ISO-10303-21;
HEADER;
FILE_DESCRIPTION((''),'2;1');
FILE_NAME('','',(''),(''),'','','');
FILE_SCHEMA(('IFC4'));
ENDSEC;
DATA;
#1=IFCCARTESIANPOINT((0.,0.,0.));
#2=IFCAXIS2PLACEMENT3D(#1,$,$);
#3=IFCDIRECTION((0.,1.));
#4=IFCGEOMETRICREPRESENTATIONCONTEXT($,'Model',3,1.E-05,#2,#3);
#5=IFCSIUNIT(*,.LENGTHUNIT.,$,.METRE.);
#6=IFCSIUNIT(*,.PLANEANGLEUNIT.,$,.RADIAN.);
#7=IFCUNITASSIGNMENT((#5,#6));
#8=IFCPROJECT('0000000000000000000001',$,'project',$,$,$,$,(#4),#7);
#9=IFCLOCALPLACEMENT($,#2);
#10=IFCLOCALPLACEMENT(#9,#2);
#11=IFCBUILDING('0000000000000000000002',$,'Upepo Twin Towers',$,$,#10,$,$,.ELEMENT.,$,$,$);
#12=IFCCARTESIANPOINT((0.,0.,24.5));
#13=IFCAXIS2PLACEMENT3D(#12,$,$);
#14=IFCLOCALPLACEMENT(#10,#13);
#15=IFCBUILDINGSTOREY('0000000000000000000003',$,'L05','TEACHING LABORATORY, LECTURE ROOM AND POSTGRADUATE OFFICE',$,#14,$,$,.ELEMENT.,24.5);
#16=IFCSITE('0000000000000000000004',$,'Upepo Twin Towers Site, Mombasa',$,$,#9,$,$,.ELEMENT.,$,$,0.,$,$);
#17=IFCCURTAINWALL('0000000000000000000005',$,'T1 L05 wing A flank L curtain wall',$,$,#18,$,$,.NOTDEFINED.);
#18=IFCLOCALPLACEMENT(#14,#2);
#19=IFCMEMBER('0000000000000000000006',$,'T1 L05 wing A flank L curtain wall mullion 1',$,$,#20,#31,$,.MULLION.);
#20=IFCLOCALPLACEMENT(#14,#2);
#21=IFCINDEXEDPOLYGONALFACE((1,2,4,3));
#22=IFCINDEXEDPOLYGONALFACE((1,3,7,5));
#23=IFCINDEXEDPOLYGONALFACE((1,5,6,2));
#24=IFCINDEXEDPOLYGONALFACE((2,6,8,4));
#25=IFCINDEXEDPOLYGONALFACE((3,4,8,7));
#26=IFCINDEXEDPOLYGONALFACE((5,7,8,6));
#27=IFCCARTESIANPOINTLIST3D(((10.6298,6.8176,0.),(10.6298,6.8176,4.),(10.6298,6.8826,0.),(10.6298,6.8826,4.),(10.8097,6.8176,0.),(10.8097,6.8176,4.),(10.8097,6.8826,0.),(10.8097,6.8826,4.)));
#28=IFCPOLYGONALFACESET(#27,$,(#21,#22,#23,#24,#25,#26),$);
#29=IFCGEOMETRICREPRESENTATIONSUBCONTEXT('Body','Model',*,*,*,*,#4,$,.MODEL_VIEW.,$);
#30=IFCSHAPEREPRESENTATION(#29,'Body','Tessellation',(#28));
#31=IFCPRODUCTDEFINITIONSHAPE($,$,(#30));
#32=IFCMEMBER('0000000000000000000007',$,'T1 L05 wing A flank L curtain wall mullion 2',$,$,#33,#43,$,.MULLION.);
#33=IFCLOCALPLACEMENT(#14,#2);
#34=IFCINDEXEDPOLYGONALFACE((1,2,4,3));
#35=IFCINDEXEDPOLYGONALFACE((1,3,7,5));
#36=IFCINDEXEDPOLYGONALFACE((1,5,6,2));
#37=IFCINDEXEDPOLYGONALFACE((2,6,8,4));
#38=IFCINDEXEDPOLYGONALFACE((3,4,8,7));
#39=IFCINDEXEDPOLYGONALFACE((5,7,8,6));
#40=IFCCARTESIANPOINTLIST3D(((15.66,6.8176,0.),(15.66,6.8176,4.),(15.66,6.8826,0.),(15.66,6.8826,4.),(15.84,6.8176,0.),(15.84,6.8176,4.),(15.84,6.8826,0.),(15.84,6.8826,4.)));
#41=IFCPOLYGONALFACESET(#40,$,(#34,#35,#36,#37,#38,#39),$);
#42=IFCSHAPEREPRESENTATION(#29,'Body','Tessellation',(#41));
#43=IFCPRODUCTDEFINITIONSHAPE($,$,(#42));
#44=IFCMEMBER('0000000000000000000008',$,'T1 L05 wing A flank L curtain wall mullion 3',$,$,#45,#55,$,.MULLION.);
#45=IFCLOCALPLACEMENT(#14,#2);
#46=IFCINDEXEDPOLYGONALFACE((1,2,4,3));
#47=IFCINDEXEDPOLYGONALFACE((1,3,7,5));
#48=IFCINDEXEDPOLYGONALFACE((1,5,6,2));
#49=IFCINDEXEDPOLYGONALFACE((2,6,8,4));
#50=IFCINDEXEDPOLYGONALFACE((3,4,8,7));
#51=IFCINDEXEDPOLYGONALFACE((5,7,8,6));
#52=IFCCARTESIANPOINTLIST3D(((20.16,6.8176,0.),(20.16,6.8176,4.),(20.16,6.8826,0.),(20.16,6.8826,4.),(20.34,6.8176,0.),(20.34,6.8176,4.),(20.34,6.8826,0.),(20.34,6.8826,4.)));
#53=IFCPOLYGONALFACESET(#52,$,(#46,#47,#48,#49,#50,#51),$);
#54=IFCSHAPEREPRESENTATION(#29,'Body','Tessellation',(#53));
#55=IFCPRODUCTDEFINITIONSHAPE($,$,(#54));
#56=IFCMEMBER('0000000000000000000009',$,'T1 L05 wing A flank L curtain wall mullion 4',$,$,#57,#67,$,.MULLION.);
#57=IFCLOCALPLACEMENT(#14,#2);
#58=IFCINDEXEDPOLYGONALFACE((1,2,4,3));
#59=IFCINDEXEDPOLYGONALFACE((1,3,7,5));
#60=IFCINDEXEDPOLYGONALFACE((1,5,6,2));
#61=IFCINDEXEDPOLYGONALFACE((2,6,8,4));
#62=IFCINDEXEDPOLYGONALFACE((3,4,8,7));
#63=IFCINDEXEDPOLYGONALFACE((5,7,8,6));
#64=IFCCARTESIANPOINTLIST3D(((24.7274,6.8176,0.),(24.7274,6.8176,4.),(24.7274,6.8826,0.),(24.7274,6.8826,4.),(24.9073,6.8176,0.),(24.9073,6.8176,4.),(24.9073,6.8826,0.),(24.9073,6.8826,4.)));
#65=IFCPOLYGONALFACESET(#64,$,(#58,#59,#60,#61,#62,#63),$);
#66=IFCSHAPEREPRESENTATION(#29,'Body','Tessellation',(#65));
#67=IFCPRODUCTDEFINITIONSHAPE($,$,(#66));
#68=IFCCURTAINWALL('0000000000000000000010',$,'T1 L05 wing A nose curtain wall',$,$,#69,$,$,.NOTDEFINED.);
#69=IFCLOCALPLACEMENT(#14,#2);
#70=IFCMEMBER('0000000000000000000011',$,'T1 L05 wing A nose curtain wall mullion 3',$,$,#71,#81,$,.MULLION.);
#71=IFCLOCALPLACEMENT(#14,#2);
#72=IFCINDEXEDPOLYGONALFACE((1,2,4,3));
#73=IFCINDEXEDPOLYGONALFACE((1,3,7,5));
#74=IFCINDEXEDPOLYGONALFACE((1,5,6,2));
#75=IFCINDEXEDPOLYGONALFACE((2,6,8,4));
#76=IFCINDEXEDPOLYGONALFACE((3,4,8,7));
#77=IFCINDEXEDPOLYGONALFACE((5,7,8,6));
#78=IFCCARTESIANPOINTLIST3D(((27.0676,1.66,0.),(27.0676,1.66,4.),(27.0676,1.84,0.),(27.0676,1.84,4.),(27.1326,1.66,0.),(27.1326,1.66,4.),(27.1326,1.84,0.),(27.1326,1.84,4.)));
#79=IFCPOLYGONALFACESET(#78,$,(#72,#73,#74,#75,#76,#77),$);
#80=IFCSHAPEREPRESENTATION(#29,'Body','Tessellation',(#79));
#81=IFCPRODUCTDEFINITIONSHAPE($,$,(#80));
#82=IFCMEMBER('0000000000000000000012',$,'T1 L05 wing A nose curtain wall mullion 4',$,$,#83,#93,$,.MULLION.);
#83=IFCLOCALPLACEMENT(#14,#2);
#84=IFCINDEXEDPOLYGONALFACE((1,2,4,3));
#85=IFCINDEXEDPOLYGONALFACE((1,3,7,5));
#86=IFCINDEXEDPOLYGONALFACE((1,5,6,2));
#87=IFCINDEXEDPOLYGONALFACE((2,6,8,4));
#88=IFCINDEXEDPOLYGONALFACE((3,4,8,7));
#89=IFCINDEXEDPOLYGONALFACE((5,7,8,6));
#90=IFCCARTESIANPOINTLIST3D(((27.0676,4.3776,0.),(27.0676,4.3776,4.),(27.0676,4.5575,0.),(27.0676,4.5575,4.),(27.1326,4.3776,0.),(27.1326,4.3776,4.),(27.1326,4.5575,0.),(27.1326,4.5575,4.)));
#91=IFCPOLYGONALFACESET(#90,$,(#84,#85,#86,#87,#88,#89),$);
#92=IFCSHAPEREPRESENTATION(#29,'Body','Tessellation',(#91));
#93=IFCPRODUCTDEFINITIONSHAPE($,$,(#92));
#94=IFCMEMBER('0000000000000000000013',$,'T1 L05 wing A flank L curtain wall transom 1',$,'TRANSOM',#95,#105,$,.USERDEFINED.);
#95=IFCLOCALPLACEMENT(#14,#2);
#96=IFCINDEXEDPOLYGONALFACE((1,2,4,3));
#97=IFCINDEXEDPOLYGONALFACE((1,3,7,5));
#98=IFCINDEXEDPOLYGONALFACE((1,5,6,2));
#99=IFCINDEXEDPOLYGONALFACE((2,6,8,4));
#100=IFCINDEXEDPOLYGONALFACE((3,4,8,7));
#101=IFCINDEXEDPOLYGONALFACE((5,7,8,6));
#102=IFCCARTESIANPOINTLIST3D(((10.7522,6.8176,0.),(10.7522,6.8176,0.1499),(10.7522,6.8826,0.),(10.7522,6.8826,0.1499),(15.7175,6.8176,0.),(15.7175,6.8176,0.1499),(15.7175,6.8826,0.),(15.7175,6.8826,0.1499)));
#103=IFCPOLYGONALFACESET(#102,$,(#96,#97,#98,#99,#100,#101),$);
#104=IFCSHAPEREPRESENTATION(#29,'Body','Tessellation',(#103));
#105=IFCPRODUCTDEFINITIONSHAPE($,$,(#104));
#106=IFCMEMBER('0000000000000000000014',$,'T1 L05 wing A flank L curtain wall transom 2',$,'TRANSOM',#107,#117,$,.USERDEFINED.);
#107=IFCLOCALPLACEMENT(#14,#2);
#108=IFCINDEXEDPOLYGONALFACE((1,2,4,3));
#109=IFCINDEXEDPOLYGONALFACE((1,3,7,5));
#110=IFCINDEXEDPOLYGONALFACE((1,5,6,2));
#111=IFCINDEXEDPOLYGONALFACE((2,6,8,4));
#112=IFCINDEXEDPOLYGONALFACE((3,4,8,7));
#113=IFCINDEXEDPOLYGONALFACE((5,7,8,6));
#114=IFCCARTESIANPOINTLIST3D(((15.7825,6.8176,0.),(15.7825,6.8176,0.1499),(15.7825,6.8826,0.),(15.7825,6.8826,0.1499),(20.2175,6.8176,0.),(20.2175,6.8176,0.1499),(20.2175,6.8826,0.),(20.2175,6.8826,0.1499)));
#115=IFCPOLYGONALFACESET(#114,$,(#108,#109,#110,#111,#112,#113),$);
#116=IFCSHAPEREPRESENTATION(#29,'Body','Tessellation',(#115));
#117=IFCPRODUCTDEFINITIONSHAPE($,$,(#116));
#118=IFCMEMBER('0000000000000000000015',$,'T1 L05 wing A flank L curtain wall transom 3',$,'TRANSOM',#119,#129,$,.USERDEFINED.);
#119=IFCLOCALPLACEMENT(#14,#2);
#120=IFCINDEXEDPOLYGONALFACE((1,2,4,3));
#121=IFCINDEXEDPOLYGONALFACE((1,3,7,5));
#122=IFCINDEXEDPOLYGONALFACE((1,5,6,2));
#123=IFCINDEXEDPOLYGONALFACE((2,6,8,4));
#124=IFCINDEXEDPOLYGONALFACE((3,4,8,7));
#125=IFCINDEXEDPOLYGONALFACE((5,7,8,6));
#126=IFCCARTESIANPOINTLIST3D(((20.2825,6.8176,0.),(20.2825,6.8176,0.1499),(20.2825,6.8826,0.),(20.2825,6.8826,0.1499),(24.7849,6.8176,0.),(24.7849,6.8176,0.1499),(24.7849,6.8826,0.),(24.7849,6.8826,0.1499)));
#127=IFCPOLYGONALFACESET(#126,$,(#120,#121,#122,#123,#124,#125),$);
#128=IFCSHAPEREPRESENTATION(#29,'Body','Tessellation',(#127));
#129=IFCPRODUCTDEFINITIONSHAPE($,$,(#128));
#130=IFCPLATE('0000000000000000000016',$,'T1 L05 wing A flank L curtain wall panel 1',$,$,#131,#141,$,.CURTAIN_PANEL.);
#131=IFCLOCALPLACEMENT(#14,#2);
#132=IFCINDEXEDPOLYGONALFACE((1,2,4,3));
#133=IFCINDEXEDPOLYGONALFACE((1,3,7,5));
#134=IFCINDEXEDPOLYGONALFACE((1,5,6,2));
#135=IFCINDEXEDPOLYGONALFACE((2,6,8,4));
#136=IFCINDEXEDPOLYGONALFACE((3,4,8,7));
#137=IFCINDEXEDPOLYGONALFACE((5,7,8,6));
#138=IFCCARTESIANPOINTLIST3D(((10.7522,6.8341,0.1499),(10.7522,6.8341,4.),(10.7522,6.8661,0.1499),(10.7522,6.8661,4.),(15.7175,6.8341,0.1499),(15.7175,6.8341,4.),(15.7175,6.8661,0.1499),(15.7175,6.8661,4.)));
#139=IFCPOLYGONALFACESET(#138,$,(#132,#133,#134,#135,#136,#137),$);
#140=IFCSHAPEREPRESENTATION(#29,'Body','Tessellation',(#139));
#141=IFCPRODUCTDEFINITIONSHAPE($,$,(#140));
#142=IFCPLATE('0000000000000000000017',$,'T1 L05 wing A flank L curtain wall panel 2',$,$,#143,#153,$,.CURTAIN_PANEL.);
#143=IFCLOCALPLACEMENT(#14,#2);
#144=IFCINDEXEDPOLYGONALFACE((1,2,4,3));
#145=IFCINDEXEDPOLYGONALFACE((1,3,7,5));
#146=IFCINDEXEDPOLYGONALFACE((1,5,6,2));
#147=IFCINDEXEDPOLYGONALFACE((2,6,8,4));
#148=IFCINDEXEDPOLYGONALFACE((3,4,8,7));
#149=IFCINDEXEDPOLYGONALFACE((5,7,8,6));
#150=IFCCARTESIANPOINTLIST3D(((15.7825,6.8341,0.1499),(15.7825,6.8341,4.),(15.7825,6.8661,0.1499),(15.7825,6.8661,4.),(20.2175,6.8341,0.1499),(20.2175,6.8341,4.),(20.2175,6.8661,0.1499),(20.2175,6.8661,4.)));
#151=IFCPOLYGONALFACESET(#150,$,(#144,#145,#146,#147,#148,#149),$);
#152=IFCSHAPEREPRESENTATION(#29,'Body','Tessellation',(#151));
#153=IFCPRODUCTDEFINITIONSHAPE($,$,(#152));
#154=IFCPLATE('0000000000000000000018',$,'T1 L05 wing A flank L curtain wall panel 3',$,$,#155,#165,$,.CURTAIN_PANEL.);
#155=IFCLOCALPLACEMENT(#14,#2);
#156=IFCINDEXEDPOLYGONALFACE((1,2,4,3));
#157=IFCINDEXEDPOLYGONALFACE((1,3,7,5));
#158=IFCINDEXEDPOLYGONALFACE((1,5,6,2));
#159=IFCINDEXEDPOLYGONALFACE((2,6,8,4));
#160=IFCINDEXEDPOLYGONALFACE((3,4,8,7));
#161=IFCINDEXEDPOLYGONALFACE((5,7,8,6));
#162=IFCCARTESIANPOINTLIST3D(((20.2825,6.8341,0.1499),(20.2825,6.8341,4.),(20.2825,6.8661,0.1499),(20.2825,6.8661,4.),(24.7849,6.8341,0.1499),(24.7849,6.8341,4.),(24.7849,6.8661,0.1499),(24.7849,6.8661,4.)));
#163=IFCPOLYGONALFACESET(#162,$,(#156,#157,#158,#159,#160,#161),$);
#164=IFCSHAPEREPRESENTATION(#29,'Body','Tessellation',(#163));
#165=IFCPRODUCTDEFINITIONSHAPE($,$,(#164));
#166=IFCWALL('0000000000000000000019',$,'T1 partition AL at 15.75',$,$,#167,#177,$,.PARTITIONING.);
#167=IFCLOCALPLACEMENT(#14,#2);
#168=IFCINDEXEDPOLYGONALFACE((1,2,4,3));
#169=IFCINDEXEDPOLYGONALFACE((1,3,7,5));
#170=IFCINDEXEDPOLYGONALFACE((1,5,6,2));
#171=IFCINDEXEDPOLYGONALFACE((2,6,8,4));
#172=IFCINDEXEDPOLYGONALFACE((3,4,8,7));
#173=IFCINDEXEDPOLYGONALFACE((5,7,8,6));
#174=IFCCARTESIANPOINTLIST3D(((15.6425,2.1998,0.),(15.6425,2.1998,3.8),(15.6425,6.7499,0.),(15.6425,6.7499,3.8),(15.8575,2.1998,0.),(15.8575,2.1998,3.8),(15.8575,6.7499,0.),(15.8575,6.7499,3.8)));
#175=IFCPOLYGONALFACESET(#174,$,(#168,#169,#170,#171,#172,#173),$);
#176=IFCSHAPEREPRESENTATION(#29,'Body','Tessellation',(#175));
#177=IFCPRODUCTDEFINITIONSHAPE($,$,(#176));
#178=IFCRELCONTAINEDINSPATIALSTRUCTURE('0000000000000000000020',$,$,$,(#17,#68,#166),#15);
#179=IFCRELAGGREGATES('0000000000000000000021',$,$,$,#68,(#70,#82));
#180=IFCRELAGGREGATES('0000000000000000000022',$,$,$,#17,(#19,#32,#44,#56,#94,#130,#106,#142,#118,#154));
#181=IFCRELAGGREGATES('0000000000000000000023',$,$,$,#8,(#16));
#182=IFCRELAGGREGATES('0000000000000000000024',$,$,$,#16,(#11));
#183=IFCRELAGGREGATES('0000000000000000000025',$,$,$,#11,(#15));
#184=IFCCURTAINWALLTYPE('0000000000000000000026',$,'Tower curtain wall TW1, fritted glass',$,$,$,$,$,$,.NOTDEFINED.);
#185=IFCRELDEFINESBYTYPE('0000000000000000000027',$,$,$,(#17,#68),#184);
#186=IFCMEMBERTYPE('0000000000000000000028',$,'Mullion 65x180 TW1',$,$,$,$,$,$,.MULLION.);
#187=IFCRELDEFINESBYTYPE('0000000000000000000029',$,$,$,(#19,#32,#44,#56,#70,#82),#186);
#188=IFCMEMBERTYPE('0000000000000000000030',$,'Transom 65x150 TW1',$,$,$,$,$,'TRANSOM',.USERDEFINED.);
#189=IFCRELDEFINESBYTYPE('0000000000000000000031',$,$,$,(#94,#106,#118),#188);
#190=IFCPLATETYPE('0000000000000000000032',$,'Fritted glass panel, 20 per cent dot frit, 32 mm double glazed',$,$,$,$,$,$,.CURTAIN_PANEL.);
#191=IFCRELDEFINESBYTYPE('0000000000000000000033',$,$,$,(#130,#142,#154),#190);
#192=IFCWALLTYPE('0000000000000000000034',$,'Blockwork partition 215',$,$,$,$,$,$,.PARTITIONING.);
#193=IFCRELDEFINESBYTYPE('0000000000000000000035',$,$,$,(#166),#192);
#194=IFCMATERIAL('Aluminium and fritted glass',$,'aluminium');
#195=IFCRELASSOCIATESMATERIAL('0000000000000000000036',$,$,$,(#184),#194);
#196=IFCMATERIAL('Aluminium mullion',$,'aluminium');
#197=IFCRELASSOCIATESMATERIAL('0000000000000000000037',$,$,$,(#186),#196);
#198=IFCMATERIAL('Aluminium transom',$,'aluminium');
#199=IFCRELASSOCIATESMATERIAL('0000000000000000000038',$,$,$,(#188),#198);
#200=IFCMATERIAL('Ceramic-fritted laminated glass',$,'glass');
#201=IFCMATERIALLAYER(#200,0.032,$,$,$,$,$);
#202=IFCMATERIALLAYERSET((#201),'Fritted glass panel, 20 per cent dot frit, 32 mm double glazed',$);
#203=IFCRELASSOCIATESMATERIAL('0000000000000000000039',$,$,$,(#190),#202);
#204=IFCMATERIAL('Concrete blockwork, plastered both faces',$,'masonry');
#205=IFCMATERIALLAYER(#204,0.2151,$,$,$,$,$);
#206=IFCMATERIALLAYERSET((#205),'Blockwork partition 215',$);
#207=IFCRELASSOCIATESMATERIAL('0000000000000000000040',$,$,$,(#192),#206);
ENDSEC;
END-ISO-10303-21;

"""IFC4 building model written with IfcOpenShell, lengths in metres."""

from ifc_helpers import new_model, si_unit, direction, frame, frame_2d, origin, origin_2d, place, context, subcontext, project, spatial, rectangle, extrude, material, layer, layer_set, material_profile, profile_set, type_object, element, aggregate, save


model = new_model("IFC4")

# Units and contexts
model_context = context("Model", 3, precision=1e-05, world=origin(), true_north=direction((0.0, 1.0)))
body_context = subcontext(model_context, "Body", "Model", "MODEL_VIEW")
ifc_project = project(units=[si_unit("LENGTHUNIT", "METRE"), si_unit("PLANEANGLEUNIT", "RADIAN")], contexts=[model_context])

# Site, building, storey
site_placement = place(None, origin())
site = spatial("IfcSite", under=ifc_project, at=site_placement, Name="Upepo Twin Towers Site, Mombasa", CompositionType="ELEMENT", RefElevation=0.0)
building_placement = place(site_placement, origin())
building = spatial("IfcBuilding", under=site, at=building_placement, Name="Upepo Twin Towers", CompositionType="ELEMENT")
storey_placement = place(building_placement, frame((0.0, 0.0, 24.5)))
storey = spatial("IfcBuildingStorey", under=building, at=storey_placement, Name="L05", Description="TEACHING LABORATORY, LECTURE ROOM AND POSTGRADUATE OFFICE", CompositionType="ELEMENT", Elevation=24.5)

# Curtain walls, members
ifc_material_1 = material(Name="Aluminium and fritted glass", Category="aluminium")
curtain_wall_type = type_object("IfcCurtainWallType", Name="Tower curtain wall TW1, fritted glass", PredefinedType="NOTDEFINED", material=ifc_material_1)
curtain_wall_1_placement = place(storey_placement, origin())
curtain_wall_1 = element("IfcCurtainWall", 1, at=curtain_wall_1_placement, inside=storey, type_object=curtain_wall_type, Name="T1 L05 wing A flank L curtain wall", PredefinedType="NOTDEFINED")
ifc_material_2 = material(Name="Aluminium mullion", Category="aluminium")
ifc_material_profile_1 = material_profile(ifc_material_2, rectangle(XDim=0.0649, YDim=0.1799, at=origin_2d()), Name="MULLION 65x180")
ifc_profile_set_1 = profile_set([ifc_material_profile_1], Name="Aluminium mullion")
member_type_1 = type_object("IfcMemberType", Name="Mullion 65x180 TW1", PredefinedType="MULLION", material=ifc_profile_set_1)
member_1_placement = place(storey_placement, frame((10.7197, 6.8501, 0.0), z_axis=(0.0, 0.0, 1.0), x_axis=(0.0, 1.0, 0.0)))
member_1 = element("IfcMember", 2, at=member_1_placement, type_object=member_type_1, Name="T1 L05 wing A flank L curtain wall mullion 1", PredefinedType="MULLION", context=body_context, shape_type="SweptSolid", body=[
    extrude(rectangle(XDim=0.0649, YDim=0.1799, at=origin_2d()), origin(), (0.0, 0.0, 1.0), 4.0),
])
member_2_placement = place(storey_placement, frame((15.75, 6.8501, 0.0), z_axis=(0.0, 0.0, 1.0), x_axis=(0.0, 1.0, 0.0)))
member_2 = element("IfcMember", 3, at=member_2_placement, type_object=member_type_1, Name="T1 L05 wing A flank L curtain wall mullion 2", PredefinedType="MULLION", context=body_context, shape_type="SweptSolid", body=[
    extrude(rectangle(XDim=0.0649, YDim=0.1799, at=origin_2d()), origin(), (0.0, 0.0, 1.0), 4.0),
])
member_3_placement = place(storey_placement, frame((20.25, 6.8501, 0.0), z_axis=(0.0, 0.0, 1.0), x_axis=(0.0, 1.0, 0.0)))
member_3 = element("IfcMember", 4, at=member_3_placement, type_object=member_type_1, Name="T1 L05 wing A flank L curtain wall mullion 3", PredefinedType="MULLION", context=body_context, shape_type="SweptSolid", body=[
    extrude(rectangle(XDim=0.0649, YDim=0.1799, at=origin_2d()), origin(), (0.0, 0.0, 1.0), 4.0),
])
member_4_placement = place(storey_placement, frame((24.8174, 6.8501, 0.0), z_axis=(0.0, 0.0, 1.0), x_axis=(0.0, 1.0, 0.0)))
member_4 = element("IfcMember", 5, at=member_4_placement, type_object=member_type_1, Name="T1 L05 wing A flank L curtain wall mullion 4", PredefinedType="MULLION", context=body_context, shape_type="SweptSolid", body=[
    extrude(rectangle(XDim=0.0649, YDim=0.1799, at=origin_2d()), origin(), (0.0, 0.0, 1.0), 4.0),
])
curtain_wall_2_placement = place(storey_placement, origin())
curtain_wall_2 = element("IfcCurtainWall", 6, at=curtain_wall_2_placement, inside=storey, type_object=curtain_wall_type, Name="T1 L05 wing A nose curtain wall", PredefinedType="NOTDEFINED")
member_5_placement = place(storey_placement, frame((27.1001, 1.75, 0.0), z_axis=(0.0, 0.0, 1.0), x_axis=(-1.0, 0.0, 0.0)))
member_5 = element("IfcMember", 7, at=member_5_placement, type_object=member_type_1, Name="T1 L05 wing A nose curtain wall mullion 3", PredefinedType="MULLION", context=body_context, shape_type="SweptSolid", body=[
    extrude(rectangle(XDim=0.0649, YDim=0.1799, at=origin_2d()), origin(), (0.0, 0.0, 1.0), 4.0),
])
member_6_placement = place(storey_placement, frame((27.1001, 4.4675, 0.0), z_axis=(0.0, 0.0, 1.0), x_axis=(-1.0, 0.0, 0.0)))
member_6 = element("IfcMember", 8, at=member_6_placement, type_object=member_type_1, Name="T1 L05 wing A nose curtain wall mullion 4", PredefinedType="MULLION", context=body_context, shape_type="SweptSolid", body=[
    extrude(rectangle(XDim=0.0649, YDim=0.1799, at=origin_2d()), origin(), (0.0, 0.0, 1.0), 4.0),
])
aggregate(curtain_wall_2, [member_5, member_6])

# Members
ifc_material_3 = material(Name="Aluminium transom", Category="aluminium")
ifc_material_profile_2 = material_profile(ifc_material_3, rectangle(XDim=0.0649, YDim=0.1499, at=origin_2d()), Name="TRANSOM 65x150")
ifc_profile_set_2 = profile_set([ifc_material_profile_2], Name="Aluminium transom")
member_type_2 = type_object("IfcMemberType", Name="Transom 65x150 TW1", ElementType="TRANSOM", PredefinedType="USERDEFINED", material=ifc_profile_set_2)
member_7_placement = place(storey_placement, frame((10.7522, 6.8501, 0.075), z_axis=(1.0, 0.0, 0.0), x_axis=(0.0, 1.0, 0.0)))
member_7 = element("IfcMember", 9, at=member_7_placement, type_object=member_type_2, Name="T1 L05 wing A flank L curtain wall transom 1", ObjectType="TRANSOM", PredefinedType="USERDEFINED", context=body_context, shape_type="SweptSolid", body=[
    extrude(rectangle(XDim=0.0649, YDim=0.1499, at=origin_2d()), origin(), (0.0, 0.0, 1.0), 4.9653),
])
member_8_placement = place(storey_placement, frame((15.7825, 6.8501, 0.075), z_axis=(1.0, 0.0, 0.0), x_axis=(0.0, 1.0, 0.0)))
member_8 = element("IfcMember", 10, at=member_8_placement, type_object=member_type_2, Name="T1 L05 wing A flank L curtain wall transom 2", ObjectType="TRANSOM", PredefinedType="USERDEFINED", context=body_context, shape_type="SweptSolid", body=[
    extrude(rectangle(XDim=0.0649, YDim=0.1499, at=origin_2d()), origin(), (0.0, 0.0, 1.0), 4.4351),
])
member_9_placement = place(storey_placement, frame((20.2825, 6.8501, 0.075), z_axis=(1.0, 0.0, 0.0), x_axis=(0.0, 1.0, 0.0)))
member_9 = element("IfcMember", 11, at=member_9_placement, type_object=member_type_2, Name="T1 L05 wing A flank L curtain wall transom 3", ObjectType="TRANSOM", PredefinedType="USERDEFINED", context=body_context, shape_type="SweptSolid", body=[
    extrude(rectangle(XDim=0.0649, YDim=0.1499, at=origin_2d()), origin(), (0.0, 0.0, 1.0), 4.5024),
])

# Plates
ifc_material_4 = material(Name="Ceramic-fritted laminated glass", Category="glass")
ifc_layer_1 = layer(ifc_material_4, 0.032)
ifc_layer_set_1 = layer_set([ifc_layer_1], Name="Fritted glass panel, 20 per cent dot frit, 32 mm double glazed")
plate_type = type_object("IfcPlateType", Name="Fritted glass panel, 20 per cent dot frit, 32 mm double glazed", PredefinedType="CURTAIN_PANEL", material=ifc_layer_set_1)
plate_1_placement = place(storey_placement, frame((13.2349, 6.8501, 0.1499), z_axis=(0.0, 0.0, 1.0), x_axis=(1.0, 0.0, 0.0)))
plate_1 = element("IfcPlate", 12, at=plate_1_placement, type_object=plate_type, Name="T1 L05 wing A flank L curtain wall panel 1", PredefinedType="CURTAIN_PANEL", context=body_context, shape_type="SweptSolid", body=[
    extrude(rectangle(XDim=4.9653, YDim=0.032, at=origin_2d()), origin(), (0.0, 0.0, 1.0), 3.8501),
])
plate_2_placement = place(storey_placement, frame((18.0, 6.8501, 0.1499), z_axis=(0.0, 0.0, 1.0), x_axis=(1.0, 0.0, 0.0)))
plate_2 = element("IfcPlate", 13, at=plate_2_placement, type_object=plate_type, Name="T1 L05 wing A flank L curtain wall panel 2", PredefinedType="CURTAIN_PANEL", context=body_context, shape_type="SweptSolid", body=[
    extrude(rectangle(XDim=4.4351, YDim=0.032, at=origin_2d()), origin(), (0.0, 0.0, 1.0), 3.8501),
])
plate_3_placement = place(storey_placement, frame((22.5337, 6.8501, 0.1499), z_axis=(0.0, 0.0, 1.0), x_axis=(1.0, 0.0, 0.0)))
plate_3 = element("IfcPlate", 14, at=plate_3_placement, type_object=plate_type, Name="T1 L05 wing A flank L curtain wall panel 3", PredefinedType="CURTAIN_PANEL", context=body_context, shape_type="SweptSolid", body=[
    extrude(rectangle(XDim=4.5024, YDim=0.032, at=origin_2d()), origin(), (0.0, 0.0, 1.0), 3.8501),
])
aggregate(curtain_wall_1, [member_1, member_2, member_3, member_4, member_7, plate_1, member_8, plate_2, member_9, plate_3])

# Wall
ifc_material_5 = material(Name="Concrete blockwork, plastered both faces", Category="masonry")
ifc_layer_2 = layer(ifc_material_5, 0.2151)
ifc_layer_set_2 = layer_set([ifc_layer_2], Name="Blockwork partition 215")
wall_type_1 = type_object("IfcWallType", Name="Blockwork partition 215", PredefinedType="PARTITIONING", material=ifc_layer_set_2)
wall_1_placement = place(storey_placement, frame((15.75, 2.2, 0.0), z_axis=(0.0, 0.0, 1.0), x_axis=(0.0, 1.0, 0.0)))
element("IfcWall", 15, at=wall_1_placement, inside=storey, type_object=wall_type_1, Name="T1 partition AL at 15.75", PredefinedType="PARTITIONING", context=body_context, shape_type="SweptSolid", body=[
    extrude(rectangle(XDim=4.55, YDim=0.2151, at=frame_2d((2.2749, 0.0))), origin(), (0.0, 0.0, 1.0), 3.8),
])

save(model, "model.ifc")
